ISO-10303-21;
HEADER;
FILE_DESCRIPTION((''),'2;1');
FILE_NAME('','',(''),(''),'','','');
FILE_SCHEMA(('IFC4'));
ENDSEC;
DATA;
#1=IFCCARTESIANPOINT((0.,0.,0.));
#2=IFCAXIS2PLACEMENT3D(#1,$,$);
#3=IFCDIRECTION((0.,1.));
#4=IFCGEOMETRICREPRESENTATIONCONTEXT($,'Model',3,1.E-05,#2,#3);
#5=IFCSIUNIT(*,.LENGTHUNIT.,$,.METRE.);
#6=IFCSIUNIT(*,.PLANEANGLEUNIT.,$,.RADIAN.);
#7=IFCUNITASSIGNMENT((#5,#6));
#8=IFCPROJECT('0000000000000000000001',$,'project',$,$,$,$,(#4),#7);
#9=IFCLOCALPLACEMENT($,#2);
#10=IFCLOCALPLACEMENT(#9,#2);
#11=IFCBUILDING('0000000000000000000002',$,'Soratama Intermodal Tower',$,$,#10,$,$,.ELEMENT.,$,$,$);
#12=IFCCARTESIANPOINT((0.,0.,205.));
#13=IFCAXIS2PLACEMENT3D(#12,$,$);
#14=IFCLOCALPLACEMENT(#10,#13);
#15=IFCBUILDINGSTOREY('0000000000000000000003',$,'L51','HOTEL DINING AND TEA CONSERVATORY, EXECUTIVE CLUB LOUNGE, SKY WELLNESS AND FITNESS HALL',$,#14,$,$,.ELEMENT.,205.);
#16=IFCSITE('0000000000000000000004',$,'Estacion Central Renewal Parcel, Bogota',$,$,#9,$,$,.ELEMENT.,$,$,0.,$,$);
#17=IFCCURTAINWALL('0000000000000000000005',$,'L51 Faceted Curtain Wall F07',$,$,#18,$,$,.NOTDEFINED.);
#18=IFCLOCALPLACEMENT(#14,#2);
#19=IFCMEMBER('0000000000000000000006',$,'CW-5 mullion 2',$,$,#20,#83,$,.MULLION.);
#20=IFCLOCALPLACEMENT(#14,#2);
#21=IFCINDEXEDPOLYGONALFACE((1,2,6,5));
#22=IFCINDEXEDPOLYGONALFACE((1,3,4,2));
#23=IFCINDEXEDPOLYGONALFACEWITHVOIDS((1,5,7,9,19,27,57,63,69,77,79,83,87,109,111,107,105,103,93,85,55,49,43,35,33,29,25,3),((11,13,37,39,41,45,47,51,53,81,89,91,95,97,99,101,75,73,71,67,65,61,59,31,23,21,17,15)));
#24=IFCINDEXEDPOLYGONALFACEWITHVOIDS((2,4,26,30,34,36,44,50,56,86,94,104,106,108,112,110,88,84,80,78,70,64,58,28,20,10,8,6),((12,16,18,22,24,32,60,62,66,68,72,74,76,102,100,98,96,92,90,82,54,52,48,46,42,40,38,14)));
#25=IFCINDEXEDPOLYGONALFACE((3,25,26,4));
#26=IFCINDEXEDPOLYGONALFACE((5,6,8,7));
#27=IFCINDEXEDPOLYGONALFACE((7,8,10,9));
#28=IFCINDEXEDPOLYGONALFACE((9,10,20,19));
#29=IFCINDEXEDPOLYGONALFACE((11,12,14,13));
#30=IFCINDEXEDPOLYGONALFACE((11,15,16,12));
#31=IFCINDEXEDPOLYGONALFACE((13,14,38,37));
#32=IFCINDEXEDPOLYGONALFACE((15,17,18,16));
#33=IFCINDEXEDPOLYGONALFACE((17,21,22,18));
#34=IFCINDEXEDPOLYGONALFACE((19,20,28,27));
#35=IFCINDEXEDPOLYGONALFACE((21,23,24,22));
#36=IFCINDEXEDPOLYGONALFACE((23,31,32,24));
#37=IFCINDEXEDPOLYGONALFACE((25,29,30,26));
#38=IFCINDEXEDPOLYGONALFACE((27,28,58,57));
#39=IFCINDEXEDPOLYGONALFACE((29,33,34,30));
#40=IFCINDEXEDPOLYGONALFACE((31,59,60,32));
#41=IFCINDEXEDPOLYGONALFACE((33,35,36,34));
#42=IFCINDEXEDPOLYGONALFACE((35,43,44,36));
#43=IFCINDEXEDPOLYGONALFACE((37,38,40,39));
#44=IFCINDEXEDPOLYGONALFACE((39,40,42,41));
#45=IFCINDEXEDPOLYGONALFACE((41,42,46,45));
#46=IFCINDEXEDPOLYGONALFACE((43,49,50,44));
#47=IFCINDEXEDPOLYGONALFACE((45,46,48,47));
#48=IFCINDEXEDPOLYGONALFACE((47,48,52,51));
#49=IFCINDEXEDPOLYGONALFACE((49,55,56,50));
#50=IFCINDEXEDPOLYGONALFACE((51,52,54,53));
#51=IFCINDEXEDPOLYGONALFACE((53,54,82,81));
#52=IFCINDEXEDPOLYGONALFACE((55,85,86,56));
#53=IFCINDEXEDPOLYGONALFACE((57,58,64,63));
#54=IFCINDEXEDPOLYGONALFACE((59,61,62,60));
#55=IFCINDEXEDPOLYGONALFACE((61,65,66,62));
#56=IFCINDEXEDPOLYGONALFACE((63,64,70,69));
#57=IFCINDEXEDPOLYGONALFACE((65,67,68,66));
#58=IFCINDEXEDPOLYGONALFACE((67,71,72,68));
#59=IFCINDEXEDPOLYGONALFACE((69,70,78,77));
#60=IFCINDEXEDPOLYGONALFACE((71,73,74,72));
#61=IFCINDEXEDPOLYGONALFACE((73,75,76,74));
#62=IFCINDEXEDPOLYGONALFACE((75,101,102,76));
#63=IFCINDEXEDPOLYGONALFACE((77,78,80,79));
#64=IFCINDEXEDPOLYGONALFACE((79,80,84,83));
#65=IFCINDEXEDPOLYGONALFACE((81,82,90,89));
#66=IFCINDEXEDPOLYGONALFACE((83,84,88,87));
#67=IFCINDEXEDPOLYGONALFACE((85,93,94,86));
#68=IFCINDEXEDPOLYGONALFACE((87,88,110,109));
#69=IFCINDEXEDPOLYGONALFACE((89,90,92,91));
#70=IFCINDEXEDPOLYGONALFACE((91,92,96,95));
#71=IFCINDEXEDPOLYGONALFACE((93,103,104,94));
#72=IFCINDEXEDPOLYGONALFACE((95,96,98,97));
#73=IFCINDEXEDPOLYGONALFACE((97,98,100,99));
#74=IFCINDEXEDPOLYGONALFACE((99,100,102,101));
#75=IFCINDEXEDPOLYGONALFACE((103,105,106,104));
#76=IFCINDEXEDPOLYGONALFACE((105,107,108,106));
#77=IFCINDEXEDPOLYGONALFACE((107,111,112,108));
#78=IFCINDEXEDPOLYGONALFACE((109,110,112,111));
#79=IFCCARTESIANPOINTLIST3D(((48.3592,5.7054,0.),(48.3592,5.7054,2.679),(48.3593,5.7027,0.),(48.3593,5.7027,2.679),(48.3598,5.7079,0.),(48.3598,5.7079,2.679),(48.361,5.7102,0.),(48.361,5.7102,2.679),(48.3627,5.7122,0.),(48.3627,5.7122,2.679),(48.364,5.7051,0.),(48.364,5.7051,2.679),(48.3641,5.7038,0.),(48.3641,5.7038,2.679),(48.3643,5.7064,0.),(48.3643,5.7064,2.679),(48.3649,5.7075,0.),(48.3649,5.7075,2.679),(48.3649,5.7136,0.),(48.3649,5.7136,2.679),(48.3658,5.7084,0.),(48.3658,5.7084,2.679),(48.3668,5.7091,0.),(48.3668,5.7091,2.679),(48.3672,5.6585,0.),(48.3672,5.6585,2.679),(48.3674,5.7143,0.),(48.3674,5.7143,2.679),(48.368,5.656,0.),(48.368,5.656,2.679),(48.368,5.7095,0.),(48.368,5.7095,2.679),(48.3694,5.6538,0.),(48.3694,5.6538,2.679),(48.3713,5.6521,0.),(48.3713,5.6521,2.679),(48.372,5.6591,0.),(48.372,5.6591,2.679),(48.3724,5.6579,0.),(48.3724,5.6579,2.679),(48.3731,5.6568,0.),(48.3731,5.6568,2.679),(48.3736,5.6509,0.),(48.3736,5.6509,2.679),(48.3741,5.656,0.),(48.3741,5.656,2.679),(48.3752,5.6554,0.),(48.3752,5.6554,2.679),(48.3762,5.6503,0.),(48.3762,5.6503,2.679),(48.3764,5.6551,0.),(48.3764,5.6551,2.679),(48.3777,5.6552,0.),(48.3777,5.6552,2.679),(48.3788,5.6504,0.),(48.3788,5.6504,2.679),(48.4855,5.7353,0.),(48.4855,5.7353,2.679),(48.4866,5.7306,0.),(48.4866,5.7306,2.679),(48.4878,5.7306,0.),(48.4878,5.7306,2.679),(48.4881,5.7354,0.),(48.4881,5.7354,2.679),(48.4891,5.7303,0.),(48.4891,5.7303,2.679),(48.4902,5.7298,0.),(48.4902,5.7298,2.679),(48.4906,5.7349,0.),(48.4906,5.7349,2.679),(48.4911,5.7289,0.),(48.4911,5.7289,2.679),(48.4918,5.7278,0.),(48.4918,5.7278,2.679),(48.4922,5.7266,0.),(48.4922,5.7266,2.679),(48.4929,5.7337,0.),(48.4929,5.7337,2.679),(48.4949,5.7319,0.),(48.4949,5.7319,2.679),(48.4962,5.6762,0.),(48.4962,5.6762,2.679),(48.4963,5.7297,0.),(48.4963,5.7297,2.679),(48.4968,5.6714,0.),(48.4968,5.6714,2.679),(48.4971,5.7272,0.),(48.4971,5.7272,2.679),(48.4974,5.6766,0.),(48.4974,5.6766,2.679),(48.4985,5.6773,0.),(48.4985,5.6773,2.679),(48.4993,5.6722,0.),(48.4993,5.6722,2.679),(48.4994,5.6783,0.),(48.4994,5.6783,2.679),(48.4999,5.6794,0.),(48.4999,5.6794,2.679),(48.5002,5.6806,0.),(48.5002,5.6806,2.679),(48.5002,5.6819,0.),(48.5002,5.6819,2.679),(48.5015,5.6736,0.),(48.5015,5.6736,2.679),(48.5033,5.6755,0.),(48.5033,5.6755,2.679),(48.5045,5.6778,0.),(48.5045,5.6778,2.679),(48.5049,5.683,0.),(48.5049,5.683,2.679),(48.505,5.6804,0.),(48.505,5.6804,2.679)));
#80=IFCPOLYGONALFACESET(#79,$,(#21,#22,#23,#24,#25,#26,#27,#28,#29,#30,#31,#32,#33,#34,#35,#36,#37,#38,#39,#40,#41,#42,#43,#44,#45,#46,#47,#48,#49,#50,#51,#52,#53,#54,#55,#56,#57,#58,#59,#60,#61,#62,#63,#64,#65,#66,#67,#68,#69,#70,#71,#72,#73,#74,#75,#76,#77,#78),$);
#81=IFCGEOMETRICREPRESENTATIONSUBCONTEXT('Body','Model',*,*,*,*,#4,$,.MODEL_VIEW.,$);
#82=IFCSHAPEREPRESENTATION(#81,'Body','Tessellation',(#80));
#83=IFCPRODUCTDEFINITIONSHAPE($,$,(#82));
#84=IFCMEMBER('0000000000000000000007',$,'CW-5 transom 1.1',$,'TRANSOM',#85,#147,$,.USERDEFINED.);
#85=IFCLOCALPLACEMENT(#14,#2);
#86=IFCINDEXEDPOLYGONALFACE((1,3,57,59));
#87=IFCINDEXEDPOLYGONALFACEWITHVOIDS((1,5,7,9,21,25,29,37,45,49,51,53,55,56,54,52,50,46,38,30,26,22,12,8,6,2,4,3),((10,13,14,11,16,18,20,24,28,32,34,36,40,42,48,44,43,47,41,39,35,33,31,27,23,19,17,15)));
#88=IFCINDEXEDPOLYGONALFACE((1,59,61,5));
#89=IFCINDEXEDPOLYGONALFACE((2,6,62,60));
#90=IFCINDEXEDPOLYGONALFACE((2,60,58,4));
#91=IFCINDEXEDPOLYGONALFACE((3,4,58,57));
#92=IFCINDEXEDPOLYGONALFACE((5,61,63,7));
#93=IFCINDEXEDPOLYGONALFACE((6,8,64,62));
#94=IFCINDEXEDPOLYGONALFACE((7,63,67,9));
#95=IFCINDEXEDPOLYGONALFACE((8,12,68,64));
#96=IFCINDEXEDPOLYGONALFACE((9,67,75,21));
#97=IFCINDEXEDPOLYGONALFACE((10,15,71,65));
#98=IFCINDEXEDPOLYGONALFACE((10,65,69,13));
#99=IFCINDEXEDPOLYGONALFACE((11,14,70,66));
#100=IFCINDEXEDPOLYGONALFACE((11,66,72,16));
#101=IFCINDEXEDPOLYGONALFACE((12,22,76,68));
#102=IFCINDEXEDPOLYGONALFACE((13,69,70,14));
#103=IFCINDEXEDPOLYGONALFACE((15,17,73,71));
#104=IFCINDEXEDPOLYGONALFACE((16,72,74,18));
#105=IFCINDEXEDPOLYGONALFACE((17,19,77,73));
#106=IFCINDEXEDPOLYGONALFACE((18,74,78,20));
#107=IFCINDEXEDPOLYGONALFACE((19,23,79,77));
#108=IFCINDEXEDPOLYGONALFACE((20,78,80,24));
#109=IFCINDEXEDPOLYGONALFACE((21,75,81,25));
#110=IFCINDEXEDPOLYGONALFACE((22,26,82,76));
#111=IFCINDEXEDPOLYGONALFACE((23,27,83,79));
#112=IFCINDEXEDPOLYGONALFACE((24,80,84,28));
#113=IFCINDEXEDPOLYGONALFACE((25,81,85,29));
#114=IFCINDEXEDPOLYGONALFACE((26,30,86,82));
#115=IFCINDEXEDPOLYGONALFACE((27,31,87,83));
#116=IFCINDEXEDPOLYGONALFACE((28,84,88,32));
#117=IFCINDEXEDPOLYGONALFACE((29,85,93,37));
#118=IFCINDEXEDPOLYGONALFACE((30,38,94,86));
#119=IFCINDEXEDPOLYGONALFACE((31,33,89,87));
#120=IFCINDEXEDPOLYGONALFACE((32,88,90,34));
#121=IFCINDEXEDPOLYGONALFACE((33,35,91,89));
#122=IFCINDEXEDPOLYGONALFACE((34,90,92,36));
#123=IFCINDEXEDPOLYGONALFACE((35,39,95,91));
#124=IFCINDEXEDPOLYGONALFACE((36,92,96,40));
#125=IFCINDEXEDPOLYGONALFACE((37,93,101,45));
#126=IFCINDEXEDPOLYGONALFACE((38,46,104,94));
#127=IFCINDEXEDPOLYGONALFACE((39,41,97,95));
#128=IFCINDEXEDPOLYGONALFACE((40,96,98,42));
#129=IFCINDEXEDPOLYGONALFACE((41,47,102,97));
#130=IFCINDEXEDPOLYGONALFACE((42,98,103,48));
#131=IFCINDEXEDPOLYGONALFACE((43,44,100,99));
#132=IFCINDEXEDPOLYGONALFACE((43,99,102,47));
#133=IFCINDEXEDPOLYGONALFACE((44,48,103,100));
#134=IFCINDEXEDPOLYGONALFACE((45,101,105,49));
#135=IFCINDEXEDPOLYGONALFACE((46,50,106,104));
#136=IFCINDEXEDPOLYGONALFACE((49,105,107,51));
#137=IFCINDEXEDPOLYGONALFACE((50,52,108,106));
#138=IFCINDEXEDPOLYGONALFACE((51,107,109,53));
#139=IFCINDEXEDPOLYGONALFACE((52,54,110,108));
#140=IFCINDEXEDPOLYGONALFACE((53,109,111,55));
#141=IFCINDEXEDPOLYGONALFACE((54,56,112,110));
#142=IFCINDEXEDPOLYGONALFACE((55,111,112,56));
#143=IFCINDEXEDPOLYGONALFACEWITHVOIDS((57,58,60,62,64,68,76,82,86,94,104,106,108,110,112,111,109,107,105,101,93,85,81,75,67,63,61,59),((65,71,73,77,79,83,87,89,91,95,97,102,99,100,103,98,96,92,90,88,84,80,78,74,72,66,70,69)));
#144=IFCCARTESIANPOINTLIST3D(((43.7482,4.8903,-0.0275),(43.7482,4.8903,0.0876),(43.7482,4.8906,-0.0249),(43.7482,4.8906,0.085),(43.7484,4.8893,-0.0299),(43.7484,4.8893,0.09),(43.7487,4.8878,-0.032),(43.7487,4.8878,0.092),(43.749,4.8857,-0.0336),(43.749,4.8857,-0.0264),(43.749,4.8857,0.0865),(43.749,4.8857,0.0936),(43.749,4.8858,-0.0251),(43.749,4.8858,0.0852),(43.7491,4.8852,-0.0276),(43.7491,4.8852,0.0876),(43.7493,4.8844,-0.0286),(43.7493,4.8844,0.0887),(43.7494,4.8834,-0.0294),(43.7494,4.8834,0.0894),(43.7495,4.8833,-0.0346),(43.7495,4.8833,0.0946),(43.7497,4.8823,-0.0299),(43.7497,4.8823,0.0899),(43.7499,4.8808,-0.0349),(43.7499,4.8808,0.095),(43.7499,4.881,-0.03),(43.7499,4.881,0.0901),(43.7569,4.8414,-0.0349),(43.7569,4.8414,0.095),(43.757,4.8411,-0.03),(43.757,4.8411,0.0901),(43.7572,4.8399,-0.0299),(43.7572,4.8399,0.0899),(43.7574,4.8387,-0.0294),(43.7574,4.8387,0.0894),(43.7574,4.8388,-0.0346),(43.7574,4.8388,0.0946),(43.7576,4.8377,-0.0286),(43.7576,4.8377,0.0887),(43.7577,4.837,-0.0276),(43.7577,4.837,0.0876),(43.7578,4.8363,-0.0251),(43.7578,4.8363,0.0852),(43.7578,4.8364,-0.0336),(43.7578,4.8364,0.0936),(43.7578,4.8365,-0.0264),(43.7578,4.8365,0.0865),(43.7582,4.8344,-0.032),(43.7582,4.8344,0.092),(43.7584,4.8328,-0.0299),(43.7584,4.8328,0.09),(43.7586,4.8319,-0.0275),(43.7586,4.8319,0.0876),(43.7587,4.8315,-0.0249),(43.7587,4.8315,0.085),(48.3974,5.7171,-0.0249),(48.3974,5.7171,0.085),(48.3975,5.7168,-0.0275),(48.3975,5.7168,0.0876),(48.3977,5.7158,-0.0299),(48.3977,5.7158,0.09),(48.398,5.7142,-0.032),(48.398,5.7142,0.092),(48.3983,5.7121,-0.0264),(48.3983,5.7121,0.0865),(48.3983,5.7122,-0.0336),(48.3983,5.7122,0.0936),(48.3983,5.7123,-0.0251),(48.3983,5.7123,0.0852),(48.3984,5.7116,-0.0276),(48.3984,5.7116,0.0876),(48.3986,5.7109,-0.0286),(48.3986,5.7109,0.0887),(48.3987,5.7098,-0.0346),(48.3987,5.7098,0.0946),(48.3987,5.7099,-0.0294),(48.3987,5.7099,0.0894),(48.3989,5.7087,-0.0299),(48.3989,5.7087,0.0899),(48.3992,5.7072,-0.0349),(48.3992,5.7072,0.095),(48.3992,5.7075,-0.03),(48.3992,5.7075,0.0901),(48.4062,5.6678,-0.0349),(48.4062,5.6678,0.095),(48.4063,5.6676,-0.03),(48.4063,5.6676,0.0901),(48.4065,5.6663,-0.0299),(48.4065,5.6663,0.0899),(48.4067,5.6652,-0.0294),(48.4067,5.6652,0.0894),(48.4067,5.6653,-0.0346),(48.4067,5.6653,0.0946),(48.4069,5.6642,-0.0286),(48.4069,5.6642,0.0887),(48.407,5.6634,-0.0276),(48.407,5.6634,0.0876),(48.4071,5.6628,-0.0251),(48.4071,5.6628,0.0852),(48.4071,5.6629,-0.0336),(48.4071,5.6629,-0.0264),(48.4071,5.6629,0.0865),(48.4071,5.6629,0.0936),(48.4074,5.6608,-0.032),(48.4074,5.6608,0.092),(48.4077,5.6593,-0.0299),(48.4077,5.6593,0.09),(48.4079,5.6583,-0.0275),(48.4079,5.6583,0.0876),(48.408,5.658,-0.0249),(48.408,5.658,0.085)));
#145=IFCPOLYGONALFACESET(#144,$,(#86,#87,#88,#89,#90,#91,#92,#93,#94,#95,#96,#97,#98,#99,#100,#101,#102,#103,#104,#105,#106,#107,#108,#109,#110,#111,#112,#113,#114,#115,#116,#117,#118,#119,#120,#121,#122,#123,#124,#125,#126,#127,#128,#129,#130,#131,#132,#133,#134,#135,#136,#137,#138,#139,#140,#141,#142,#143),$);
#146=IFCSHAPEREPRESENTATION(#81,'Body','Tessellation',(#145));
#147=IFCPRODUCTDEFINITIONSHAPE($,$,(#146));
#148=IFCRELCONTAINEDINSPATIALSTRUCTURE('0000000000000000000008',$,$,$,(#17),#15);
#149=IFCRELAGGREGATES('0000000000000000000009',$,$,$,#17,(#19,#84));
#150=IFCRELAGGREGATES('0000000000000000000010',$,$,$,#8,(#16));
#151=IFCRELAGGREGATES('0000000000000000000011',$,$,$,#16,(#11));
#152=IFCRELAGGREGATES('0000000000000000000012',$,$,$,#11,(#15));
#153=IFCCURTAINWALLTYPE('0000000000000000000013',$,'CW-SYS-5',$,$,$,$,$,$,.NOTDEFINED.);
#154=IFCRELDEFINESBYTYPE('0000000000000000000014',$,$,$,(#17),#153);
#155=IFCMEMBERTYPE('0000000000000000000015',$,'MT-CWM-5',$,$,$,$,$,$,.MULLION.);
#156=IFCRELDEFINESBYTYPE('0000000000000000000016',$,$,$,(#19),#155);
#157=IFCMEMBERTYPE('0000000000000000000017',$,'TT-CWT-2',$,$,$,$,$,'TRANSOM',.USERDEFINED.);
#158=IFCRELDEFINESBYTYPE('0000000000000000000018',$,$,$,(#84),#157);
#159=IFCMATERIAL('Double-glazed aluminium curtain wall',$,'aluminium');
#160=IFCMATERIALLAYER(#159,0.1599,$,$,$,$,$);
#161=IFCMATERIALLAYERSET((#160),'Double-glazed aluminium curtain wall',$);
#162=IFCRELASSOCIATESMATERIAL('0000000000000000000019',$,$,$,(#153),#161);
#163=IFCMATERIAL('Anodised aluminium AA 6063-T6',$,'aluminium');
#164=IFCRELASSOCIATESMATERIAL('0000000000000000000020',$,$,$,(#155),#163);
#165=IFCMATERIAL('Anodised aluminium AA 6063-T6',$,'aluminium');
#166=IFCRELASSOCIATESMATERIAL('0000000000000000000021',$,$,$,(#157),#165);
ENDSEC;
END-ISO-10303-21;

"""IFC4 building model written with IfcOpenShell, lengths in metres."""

from ifc_helpers import new_model, si_unit, direction, frame, origin, origin_2d, place, context, subcontext, project, spatial, hollow_rectangle, extrude, material, layer, layer_set, material_profile, profile_set, type_object, element, aggregate, save


model = new_model("IFC4")

# Units and contexts
model_context = context("Model", 3, precision=1e-05, world=origin(), true_north=direction((0.0, 1.0)))
body_context = subcontext(model_context, "Body", "Model", "MODEL_VIEW")
ifc_project = project(units=[si_unit("LENGTHUNIT", "METRE"), si_unit("PLANEANGLEUNIT", "RADIAN")], contexts=[model_context])

# Site, building, storey
site_placement = place(None, origin())
site = spatial("IfcSite", under=ifc_project, at=site_placement, Name="Estacion Central Renewal Parcel, Bogota", CompositionType="ELEMENT", RefElevation=0.0)
building_placement = place(site_placement, origin())
building = spatial("IfcBuilding", under=site, at=building_placement, Name="Soratama Intermodal Tower", CompositionType="ELEMENT")
storey_placement = place(building_placement, frame((0.0, 0.0, 205.0)))
storey = spatial("IfcBuildingStorey", under=building, at=storey_placement, Name="L51", Description="HOTEL DINING AND TEA CONSERVATORY, EXECUTIVE CLUB LOUNGE, SKY WELLNESS AND FITNESS HALL", CompositionType="ELEMENT", Elevation=205.0)

# Shared definitions
ifc_material_1 = material(Name="Double-glazed aluminium curtain wall", Category="aluminium")
ifc_layer_1 = layer(ifc_material_1, 0.1599)
ifc_layer_set_1 = layer_set([ifc_layer_1], Name="Double-glazed aluminium curtain wall")
curtain_wall_type = type_object("IfcCurtainWallType", Name="CW-SYS-5", PredefinedType="NOTDEFINED", material=ifc_layer_set_1)
ifc_material_2 = material(Name="Anodised aluminium AA 6063-T6", Category="aluminium")
ifc_material_profile_1 = material_profile(ifc_material_2, hollow_rectangle(XDim=0.0649, YDim=0.1399, WallThickness=0.0049, InnerFilletRadius=0.0049, OuterFilletRadius=0.01, at=origin_2d()), Name="CWM140X65X5")
ifc_profile_set_1 = profile_set([ifc_material_profile_1], Name="Anodised aluminium AA 6063-T6")
member_type_1 = type_object("IfcMemberType", Name="MT-CWM-5", PredefinedType="MULLION", material=ifc_profile_set_1)

# Curtain wall, members
curtain_wall_1_placement = place(storey_placement, origin())
curtain_wall_1 = element("IfcCurtainWall", 1, at=curtain_wall_1_placement, inside=storey, type_object=curtain_wall_type, Name="L51 Faceted Curtain Wall F07", PredefinedType="NOTDEFINED")
member_1_placement = place(storey_placement, frame((48.4321, 5.6929, 0.0), z_axis=(0.0, 0.0, 1.0), x_axis=(-0.175028, 0.984563, 0.0)))
member_1 = element("IfcMember", 2, at=member_1_placement, type_object=member_type_1, Name="CW-5 mullion 2", PredefinedType="MULLION", context=body_context, shape_type="SweptSolid", body=[
    extrude(hollow_rectangle(XDim=0.0649, YDim=0.1399, WallThickness=0.0049, InnerFilletRadius=0.0049, OuterFilletRadius=0.01, at=origin_2d()), origin(), (0.0, 0.0, 1.0), 2.679),
])
ifc_material_3 = material(Name="Anodised aluminium AA 6063-T6", Category="aluminium")
ifc_material_profile_2 = material_profile(ifc_material_3, hollow_rectangle(XDim=0.0601, YDim=0.1299, WallThickness=0.0049, InnerFilletRadius=0.0049, OuterFilletRadius=0.01, at=origin_2d()), Name="CWT130X60X5")
ifc_profile_set_2 = profile_set([ifc_material_profile_2], Name="Anodised aluminium AA 6063-T6")
member_type_2 = type_object("IfcMemberType", Name="TT-CWT-2", ElementType="TRANSOM", PredefinedType="USERDEFINED", material=ifc_profile_set_2)
member_2_placement = place(storey_placement, frame((43.7534, 4.8611, 0.03), z_axis=(0.984566, 0.175012, 0.0), x_axis=(-0.175012, 0.984566, 0.0)))
member_2 = element("IfcMember", 3, at=member_2_placement, type_object=member_type_2, Name="CW-5 transom 1.1", ObjectType="TRANSOM", PredefinedType="USERDEFINED", context=body_context, shape_type="SweptSolid", body=[
    extrude(hollow_rectangle(XDim=0.0601, YDim=0.1299, WallThickness=0.0049, InnerFilletRadius=0.0049, OuterFilletRadius=0.01, at=origin_2d()), origin(), (0.0, 0.0, 1.0), 4.7222),
])
aggregate(curtain_wall_1, [member_1, member_2])

save(model, "model.ifc")
